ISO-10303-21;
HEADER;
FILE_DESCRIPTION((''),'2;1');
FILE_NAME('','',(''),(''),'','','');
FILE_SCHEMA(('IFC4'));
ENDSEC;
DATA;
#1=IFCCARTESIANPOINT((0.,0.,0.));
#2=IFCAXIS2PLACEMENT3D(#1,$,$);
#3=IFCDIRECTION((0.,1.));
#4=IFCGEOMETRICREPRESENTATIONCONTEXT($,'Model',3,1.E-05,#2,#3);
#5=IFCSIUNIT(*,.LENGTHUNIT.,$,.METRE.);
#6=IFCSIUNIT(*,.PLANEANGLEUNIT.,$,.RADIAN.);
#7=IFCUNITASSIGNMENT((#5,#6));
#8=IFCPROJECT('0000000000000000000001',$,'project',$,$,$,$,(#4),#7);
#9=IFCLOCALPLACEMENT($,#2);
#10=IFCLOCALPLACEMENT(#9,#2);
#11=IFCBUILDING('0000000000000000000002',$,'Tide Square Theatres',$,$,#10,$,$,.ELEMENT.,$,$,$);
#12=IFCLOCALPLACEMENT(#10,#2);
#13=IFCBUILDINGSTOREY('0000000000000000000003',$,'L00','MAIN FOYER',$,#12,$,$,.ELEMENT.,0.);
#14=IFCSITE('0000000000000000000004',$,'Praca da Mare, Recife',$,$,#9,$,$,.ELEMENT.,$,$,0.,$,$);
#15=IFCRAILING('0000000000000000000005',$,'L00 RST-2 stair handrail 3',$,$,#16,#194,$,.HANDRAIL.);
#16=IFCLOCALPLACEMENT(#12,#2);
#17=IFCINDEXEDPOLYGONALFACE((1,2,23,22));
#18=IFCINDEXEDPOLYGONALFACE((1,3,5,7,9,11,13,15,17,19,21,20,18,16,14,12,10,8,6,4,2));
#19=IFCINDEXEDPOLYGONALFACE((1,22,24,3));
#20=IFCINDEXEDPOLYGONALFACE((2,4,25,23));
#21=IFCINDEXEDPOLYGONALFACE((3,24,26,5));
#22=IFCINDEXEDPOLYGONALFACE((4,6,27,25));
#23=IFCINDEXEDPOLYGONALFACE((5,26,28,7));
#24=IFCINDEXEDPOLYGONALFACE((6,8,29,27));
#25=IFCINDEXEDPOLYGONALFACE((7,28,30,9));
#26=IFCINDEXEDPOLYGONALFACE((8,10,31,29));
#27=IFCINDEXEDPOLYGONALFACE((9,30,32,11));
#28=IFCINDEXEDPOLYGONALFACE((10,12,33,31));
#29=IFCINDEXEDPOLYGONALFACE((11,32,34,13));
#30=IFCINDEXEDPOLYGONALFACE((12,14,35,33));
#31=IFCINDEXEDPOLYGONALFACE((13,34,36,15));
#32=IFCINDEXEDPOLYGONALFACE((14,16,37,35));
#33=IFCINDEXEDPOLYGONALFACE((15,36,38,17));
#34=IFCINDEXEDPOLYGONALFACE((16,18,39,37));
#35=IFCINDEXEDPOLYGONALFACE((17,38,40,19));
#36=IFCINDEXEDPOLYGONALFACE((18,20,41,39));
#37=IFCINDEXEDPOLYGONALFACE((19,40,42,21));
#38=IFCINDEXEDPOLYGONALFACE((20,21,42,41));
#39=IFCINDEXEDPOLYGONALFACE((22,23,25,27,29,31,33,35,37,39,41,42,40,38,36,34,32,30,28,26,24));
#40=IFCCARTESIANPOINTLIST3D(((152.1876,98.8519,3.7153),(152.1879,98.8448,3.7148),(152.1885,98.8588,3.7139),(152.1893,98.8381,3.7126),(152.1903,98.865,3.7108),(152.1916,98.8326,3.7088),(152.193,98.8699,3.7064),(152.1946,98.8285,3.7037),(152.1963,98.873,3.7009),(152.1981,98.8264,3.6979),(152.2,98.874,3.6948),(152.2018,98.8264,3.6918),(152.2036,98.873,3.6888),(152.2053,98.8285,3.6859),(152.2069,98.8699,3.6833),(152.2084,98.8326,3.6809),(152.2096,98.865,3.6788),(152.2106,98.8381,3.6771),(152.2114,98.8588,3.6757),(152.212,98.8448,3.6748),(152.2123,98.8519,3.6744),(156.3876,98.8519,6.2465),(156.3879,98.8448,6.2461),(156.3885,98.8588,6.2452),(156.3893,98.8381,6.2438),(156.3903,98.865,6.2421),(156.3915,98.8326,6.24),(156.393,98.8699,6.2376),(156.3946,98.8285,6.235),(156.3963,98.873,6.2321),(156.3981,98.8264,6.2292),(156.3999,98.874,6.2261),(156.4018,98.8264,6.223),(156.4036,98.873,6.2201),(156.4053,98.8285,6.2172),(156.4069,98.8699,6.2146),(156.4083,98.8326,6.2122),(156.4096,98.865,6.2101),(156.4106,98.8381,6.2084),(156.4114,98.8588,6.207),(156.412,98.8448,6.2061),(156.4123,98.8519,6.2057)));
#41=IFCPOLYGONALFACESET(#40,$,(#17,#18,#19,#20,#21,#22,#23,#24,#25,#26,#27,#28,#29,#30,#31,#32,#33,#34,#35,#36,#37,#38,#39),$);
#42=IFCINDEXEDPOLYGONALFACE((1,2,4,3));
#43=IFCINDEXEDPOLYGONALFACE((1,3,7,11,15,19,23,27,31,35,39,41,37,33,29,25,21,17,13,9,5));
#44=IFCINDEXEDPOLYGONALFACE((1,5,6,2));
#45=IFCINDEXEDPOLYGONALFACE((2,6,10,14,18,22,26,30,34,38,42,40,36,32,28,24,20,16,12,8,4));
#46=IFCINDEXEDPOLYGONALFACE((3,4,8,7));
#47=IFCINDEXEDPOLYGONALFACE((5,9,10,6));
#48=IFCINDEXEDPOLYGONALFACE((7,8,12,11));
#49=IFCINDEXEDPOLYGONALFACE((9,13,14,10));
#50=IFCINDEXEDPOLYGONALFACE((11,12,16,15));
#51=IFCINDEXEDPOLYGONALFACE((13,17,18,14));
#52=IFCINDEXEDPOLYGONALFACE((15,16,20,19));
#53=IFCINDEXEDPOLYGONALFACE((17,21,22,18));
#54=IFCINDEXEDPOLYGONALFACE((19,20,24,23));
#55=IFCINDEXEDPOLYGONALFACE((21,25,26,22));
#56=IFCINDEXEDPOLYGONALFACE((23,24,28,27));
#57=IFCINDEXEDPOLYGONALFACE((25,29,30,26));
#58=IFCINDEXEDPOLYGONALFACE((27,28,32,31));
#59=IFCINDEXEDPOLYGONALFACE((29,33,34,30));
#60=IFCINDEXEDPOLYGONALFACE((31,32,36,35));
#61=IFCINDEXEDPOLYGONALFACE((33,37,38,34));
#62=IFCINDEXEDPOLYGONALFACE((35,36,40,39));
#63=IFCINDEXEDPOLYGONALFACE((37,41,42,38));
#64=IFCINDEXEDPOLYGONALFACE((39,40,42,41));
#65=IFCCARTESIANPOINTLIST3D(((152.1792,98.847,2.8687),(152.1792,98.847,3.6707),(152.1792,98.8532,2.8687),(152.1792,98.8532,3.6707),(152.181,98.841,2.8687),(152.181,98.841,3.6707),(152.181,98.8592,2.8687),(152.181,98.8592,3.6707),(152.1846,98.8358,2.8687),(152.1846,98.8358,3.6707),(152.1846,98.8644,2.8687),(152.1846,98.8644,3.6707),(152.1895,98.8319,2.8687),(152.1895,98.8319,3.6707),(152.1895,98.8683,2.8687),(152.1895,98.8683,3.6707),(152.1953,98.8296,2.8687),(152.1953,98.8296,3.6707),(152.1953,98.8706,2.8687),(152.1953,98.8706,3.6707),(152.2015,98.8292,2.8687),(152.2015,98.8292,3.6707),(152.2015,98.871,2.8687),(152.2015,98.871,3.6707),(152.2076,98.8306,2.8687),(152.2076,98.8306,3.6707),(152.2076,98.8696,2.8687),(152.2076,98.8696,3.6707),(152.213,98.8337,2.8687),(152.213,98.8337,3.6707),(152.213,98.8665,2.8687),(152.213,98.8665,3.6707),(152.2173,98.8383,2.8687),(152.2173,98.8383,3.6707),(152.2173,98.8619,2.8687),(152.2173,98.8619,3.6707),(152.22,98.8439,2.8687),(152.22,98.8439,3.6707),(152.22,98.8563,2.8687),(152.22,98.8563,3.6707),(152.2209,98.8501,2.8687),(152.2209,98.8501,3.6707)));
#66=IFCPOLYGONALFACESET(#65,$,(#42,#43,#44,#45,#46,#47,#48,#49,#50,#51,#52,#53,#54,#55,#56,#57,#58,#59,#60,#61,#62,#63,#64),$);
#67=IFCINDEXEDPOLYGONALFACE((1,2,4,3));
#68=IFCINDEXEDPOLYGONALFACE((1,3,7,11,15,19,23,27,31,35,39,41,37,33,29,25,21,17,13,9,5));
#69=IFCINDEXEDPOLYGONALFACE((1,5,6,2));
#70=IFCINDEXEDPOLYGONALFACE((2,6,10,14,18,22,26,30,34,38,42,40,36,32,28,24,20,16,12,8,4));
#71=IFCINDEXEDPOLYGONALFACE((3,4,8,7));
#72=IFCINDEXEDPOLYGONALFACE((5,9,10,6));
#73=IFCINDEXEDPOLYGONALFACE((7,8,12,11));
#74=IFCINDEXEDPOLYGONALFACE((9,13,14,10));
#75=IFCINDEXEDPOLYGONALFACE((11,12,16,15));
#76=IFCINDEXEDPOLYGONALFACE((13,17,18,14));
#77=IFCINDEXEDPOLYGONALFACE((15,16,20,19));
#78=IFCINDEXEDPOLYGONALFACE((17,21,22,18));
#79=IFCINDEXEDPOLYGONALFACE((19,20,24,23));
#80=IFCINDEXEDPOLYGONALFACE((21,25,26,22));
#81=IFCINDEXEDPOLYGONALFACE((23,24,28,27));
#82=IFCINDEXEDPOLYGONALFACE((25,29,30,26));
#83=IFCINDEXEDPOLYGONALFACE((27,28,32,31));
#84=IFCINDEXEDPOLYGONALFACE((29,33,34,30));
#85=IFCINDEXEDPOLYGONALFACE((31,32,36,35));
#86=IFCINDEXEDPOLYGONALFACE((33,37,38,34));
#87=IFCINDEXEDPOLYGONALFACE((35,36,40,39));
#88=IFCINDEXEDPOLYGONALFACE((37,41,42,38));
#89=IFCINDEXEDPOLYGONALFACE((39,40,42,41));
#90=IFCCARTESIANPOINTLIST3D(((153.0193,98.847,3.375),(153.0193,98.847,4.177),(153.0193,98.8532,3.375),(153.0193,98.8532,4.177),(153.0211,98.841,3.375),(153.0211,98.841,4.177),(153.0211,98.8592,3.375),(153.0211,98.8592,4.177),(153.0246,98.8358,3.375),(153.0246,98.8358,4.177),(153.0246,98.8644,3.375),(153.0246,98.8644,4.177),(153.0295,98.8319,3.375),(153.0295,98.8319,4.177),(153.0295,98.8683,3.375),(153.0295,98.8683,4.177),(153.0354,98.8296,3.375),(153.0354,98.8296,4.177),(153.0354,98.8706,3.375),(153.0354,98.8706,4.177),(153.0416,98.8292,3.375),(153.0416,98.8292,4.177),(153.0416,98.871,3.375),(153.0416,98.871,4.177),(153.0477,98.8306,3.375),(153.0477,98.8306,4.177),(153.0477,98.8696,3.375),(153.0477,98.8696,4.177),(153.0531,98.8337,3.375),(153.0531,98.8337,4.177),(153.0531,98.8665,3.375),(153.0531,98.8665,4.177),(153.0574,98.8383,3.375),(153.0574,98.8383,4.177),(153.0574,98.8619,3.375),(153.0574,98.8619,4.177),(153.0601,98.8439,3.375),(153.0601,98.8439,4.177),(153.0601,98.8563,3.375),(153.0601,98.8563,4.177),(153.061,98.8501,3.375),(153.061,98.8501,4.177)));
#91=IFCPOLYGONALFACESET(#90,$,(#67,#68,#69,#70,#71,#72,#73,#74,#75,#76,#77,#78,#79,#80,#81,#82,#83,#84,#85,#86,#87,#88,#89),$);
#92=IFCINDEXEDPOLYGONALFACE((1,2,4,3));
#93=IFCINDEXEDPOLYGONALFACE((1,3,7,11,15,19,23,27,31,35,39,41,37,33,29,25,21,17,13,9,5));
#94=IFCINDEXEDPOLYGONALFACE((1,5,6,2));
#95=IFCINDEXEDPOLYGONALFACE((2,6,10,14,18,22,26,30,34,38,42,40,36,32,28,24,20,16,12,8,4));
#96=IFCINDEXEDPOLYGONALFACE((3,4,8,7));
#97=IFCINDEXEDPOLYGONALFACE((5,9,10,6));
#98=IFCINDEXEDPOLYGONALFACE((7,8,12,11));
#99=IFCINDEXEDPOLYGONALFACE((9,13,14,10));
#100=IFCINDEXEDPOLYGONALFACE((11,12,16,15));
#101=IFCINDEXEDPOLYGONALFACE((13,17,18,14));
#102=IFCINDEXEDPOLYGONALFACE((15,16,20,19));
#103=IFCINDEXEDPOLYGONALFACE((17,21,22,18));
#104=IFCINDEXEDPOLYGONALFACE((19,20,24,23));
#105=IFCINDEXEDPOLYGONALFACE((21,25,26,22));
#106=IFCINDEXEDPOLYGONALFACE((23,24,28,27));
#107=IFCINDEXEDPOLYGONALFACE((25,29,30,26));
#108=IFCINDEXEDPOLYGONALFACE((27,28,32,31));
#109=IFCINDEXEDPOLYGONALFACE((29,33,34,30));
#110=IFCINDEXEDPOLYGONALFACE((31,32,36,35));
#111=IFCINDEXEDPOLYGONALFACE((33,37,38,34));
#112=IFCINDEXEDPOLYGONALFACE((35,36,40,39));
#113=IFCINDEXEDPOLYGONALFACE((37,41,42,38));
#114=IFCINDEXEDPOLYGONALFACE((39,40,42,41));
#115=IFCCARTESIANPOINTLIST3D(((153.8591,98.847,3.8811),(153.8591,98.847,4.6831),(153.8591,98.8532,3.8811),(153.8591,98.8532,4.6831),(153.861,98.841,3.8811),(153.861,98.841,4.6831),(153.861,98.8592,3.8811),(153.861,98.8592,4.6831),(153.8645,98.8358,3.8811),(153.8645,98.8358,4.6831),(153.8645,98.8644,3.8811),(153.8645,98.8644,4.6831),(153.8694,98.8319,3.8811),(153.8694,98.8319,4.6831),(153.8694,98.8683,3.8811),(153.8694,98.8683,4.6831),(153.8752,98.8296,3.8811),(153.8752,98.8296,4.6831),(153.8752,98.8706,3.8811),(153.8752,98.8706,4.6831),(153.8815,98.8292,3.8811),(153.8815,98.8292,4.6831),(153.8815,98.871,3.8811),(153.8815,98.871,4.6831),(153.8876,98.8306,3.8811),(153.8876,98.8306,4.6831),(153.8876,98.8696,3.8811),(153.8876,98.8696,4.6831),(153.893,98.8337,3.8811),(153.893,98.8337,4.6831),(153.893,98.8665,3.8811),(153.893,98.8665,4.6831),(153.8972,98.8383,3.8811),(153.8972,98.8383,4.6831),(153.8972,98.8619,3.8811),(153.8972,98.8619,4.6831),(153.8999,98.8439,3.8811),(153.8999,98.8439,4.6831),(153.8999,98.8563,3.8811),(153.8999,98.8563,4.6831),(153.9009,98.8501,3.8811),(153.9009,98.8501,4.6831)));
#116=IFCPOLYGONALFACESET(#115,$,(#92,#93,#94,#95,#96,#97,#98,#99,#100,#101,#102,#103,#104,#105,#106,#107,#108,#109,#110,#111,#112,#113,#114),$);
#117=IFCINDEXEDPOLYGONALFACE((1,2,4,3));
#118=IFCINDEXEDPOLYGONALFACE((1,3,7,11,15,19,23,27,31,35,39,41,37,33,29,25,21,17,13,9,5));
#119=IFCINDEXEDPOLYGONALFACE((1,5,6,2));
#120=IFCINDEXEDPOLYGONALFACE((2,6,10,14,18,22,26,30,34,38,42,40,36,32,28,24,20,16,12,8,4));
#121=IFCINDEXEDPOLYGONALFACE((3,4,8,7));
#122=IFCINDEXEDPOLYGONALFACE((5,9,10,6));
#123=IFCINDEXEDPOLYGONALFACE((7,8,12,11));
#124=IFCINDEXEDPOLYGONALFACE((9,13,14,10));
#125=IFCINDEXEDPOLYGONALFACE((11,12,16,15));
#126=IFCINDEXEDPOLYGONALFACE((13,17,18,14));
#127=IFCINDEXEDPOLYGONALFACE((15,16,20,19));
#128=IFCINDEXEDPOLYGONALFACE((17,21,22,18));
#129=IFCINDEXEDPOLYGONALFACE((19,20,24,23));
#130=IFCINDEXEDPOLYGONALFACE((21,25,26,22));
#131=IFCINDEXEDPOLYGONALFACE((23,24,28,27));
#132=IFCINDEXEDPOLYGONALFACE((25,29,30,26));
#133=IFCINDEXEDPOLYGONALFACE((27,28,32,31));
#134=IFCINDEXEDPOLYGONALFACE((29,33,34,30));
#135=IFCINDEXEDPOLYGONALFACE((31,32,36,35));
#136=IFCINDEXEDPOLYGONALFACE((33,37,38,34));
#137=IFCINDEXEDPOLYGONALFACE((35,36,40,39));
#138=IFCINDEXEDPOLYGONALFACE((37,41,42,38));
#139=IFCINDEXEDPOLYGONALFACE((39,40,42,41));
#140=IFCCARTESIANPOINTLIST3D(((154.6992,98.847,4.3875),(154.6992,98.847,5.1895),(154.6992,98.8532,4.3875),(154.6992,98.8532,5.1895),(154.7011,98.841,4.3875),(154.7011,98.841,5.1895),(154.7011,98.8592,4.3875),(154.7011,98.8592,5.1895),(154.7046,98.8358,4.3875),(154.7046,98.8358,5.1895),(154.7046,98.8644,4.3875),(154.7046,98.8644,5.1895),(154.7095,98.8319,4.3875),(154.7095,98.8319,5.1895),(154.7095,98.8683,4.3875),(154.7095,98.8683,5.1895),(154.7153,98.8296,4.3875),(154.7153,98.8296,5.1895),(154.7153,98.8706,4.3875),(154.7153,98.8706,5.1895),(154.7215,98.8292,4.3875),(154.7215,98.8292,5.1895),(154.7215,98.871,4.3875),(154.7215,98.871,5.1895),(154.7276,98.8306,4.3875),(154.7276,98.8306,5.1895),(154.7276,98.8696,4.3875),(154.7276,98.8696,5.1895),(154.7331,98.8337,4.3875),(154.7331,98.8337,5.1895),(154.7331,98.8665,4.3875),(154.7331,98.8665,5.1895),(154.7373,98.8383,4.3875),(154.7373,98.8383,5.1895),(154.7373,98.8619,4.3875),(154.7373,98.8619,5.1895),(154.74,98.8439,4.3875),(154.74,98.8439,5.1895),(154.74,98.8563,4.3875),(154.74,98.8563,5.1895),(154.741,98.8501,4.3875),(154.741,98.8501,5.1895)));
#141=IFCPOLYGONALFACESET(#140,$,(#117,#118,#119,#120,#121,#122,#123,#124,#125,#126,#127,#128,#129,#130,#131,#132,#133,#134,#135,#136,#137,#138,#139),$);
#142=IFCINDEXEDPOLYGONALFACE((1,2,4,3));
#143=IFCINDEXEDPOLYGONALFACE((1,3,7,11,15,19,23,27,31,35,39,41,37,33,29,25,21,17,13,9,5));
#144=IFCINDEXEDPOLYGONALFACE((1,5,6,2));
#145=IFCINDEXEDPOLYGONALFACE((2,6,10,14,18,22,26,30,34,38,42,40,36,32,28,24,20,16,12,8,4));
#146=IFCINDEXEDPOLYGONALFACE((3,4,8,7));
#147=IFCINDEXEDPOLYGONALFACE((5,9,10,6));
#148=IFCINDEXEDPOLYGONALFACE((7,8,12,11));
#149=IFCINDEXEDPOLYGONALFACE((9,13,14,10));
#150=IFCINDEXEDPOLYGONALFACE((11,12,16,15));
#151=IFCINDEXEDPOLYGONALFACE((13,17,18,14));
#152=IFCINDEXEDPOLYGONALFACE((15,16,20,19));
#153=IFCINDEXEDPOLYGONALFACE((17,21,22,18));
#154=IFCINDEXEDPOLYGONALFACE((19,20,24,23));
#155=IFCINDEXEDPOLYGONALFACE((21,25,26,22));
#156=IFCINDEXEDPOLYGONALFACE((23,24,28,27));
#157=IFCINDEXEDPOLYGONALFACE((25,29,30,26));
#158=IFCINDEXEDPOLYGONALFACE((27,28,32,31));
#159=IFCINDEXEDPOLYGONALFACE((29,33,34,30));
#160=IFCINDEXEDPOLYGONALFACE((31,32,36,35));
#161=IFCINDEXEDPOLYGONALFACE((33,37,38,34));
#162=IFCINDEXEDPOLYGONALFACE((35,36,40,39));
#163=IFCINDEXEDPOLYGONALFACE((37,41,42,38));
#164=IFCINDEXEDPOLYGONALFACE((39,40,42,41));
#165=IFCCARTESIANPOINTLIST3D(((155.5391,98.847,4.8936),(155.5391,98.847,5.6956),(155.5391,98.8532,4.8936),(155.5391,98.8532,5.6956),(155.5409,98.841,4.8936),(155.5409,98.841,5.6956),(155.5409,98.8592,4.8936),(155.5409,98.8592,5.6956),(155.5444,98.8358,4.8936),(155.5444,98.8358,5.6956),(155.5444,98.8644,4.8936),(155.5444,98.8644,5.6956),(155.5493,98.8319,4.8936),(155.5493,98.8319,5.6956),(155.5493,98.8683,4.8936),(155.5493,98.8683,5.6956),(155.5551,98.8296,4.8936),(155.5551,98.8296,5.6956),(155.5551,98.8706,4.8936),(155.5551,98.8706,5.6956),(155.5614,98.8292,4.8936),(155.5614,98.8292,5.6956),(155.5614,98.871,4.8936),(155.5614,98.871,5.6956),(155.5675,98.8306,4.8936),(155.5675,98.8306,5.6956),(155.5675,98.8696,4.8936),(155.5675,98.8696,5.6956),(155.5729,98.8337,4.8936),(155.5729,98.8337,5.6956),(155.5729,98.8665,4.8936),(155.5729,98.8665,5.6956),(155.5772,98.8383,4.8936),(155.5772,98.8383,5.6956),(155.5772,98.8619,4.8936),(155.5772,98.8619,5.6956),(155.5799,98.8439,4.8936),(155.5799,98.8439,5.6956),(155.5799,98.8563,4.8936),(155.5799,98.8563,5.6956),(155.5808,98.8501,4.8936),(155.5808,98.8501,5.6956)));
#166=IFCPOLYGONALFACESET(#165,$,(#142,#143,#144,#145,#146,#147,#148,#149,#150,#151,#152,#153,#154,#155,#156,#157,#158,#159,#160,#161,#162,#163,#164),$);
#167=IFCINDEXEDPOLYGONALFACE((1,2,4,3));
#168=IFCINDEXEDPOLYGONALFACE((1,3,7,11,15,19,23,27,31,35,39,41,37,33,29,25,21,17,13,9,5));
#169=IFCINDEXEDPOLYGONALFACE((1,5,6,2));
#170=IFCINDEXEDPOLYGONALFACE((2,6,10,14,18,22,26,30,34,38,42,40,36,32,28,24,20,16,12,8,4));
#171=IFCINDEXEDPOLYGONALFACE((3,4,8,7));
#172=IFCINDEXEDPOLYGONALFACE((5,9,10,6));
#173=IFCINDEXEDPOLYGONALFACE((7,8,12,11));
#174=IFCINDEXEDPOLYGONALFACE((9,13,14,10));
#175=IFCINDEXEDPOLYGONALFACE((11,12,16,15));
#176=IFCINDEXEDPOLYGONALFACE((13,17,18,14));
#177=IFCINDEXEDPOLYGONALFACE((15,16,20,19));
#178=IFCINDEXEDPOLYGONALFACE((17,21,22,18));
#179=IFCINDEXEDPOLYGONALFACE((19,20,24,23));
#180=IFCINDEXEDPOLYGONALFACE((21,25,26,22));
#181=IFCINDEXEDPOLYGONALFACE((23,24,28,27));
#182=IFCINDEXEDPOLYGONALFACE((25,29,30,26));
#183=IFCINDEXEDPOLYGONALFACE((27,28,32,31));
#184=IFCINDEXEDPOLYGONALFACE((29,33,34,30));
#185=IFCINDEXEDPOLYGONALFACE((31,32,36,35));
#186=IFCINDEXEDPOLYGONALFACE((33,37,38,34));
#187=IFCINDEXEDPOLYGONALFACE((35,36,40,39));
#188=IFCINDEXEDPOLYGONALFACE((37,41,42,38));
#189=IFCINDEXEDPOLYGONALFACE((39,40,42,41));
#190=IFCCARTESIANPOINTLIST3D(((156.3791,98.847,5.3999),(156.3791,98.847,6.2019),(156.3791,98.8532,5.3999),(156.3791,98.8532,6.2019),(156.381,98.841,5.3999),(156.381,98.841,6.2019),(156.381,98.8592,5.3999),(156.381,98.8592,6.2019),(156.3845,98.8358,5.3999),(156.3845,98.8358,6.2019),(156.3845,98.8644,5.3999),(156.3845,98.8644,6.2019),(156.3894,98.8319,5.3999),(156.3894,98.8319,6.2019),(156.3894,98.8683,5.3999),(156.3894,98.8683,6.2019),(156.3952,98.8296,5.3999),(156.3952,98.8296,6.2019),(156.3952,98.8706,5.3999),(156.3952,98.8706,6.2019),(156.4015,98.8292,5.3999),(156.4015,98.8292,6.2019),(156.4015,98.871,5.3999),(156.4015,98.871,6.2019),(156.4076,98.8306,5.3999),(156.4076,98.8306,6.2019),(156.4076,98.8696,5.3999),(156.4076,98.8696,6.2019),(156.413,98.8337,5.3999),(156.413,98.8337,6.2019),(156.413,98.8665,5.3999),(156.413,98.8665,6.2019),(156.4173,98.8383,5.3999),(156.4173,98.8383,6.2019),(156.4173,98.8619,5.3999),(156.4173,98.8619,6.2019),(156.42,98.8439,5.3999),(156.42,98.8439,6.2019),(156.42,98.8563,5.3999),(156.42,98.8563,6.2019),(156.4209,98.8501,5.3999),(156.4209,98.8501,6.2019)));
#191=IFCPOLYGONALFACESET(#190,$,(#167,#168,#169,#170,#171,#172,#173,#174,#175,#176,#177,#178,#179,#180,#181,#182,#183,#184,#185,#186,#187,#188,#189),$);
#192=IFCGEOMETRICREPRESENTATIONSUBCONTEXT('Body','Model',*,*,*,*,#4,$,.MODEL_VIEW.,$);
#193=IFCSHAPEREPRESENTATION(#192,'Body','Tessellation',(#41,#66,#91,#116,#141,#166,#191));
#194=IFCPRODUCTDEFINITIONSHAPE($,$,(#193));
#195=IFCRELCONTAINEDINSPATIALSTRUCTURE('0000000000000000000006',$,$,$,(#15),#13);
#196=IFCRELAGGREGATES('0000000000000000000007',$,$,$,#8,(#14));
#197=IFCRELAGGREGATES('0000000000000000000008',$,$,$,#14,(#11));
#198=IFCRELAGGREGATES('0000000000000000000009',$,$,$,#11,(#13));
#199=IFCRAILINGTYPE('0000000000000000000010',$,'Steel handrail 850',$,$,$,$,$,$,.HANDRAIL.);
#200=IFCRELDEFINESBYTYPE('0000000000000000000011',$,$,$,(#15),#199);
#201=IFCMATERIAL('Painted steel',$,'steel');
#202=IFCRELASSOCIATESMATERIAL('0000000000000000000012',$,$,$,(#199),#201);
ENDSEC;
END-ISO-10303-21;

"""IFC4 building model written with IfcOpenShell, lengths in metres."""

from ifc_helpers import new_model, si_unit, direction, frame, origin, origin_2d, place, context, subcontext, project, spatial, circle, extrude, material, type_object, element, save


model = new_model("IFC4")

# Units and contexts
model_context = context("Model", 3, precision=1e-05, world=origin(), true_north=direction((0.0, 1.0)))
body_context = subcontext(model_context, "Body", "Model", "MODEL_VIEW")
ifc_project = project(units=[si_unit("LENGTHUNIT", "METRE"), si_unit("PLANEANGLEUNIT", "RADIAN")], contexts=[model_context])

# Site, building, storey
site_placement = place(None, origin())
site = spatial("IfcSite", under=ifc_project, at=site_placement, Name="Praca da Mare, Recife", CompositionType="ELEMENT", RefElevation=0.0)
building_placement = place(site_placement, origin())
building = spatial("IfcBuilding", under=site, at=building_placement, Name="Tide Square Theatres", CompositionType="ELEMENT")
storey_placement = place(building_placement, origin())
storey = spatial("IfcBuildingStorey", under=building, at=storey_placement, Name="L00", Description="MAIN FOYER", CompositionType="ELEMENT", Elevation=0.0)

# Railing
ifc_material_1 = material(Name="Painted steel", Category="steel")
railing_type_1 = type_object("IfcRailingType", Name="Steel handrail 850", PredefinedType="HANDRAIL", material=ifc_material_1)
for number, where, name in (
    (1, (152.2, 98.8501, 2.8687), "L00 RST-2 stair handrail 3"),
):
    element("IfcRailing", number, at=place(storey_placement, frame(where)), inside=storey, type_object=railing_type_1, Name=name, PredefinedType="HANDRAIL", context=body_context, shape_type="SweptSolid", body=[
        extrude(circle(Radius=0.0239, at=origin_2d()), frame((0.0, 0.0, 0.8262), z_axis=(0.856476, 0.0, 0.516186), x_axis=(0.0, 1.0, 0.0)), (0.0, 0.0, 1.0), 4.9038),
        extrude(circle(Radius=0.021, at=origin_2d()), origin(), (0.0, 0.0, 1.0), 0.802),
        extrude(circle(Radius=0.021, at=origin_2d()), frame((0.8401, 0.0, 0.5063)), (0.0, 0.0, 1.0), 0.802),
        extrude(circle(Radius=0.021, at=origin_2d()), frame((1.6799, 0.0, 1.0125)), (0.0, 0.0, 1.0), 0.802),
        extrude(circle(Radius=0.021, at=origin_2d()), frame((2.52, 0.0, 1.5188)), (0.0, 0.0, 1.0), 0.802),
        extrude(circle(Radius=0.021, at=origin_2d()), frame((3.3599, 0.0, 2.0249)), (0.0, 0.0, 1.0), 0.802),
        extrude(circle(Radius=0.021, at=origin_2d()), frame((4.2, 0.0, 2.5312)), (0.0, 0.0, 1.0), 0.802),
    ])

save(model, "model.ifc")
